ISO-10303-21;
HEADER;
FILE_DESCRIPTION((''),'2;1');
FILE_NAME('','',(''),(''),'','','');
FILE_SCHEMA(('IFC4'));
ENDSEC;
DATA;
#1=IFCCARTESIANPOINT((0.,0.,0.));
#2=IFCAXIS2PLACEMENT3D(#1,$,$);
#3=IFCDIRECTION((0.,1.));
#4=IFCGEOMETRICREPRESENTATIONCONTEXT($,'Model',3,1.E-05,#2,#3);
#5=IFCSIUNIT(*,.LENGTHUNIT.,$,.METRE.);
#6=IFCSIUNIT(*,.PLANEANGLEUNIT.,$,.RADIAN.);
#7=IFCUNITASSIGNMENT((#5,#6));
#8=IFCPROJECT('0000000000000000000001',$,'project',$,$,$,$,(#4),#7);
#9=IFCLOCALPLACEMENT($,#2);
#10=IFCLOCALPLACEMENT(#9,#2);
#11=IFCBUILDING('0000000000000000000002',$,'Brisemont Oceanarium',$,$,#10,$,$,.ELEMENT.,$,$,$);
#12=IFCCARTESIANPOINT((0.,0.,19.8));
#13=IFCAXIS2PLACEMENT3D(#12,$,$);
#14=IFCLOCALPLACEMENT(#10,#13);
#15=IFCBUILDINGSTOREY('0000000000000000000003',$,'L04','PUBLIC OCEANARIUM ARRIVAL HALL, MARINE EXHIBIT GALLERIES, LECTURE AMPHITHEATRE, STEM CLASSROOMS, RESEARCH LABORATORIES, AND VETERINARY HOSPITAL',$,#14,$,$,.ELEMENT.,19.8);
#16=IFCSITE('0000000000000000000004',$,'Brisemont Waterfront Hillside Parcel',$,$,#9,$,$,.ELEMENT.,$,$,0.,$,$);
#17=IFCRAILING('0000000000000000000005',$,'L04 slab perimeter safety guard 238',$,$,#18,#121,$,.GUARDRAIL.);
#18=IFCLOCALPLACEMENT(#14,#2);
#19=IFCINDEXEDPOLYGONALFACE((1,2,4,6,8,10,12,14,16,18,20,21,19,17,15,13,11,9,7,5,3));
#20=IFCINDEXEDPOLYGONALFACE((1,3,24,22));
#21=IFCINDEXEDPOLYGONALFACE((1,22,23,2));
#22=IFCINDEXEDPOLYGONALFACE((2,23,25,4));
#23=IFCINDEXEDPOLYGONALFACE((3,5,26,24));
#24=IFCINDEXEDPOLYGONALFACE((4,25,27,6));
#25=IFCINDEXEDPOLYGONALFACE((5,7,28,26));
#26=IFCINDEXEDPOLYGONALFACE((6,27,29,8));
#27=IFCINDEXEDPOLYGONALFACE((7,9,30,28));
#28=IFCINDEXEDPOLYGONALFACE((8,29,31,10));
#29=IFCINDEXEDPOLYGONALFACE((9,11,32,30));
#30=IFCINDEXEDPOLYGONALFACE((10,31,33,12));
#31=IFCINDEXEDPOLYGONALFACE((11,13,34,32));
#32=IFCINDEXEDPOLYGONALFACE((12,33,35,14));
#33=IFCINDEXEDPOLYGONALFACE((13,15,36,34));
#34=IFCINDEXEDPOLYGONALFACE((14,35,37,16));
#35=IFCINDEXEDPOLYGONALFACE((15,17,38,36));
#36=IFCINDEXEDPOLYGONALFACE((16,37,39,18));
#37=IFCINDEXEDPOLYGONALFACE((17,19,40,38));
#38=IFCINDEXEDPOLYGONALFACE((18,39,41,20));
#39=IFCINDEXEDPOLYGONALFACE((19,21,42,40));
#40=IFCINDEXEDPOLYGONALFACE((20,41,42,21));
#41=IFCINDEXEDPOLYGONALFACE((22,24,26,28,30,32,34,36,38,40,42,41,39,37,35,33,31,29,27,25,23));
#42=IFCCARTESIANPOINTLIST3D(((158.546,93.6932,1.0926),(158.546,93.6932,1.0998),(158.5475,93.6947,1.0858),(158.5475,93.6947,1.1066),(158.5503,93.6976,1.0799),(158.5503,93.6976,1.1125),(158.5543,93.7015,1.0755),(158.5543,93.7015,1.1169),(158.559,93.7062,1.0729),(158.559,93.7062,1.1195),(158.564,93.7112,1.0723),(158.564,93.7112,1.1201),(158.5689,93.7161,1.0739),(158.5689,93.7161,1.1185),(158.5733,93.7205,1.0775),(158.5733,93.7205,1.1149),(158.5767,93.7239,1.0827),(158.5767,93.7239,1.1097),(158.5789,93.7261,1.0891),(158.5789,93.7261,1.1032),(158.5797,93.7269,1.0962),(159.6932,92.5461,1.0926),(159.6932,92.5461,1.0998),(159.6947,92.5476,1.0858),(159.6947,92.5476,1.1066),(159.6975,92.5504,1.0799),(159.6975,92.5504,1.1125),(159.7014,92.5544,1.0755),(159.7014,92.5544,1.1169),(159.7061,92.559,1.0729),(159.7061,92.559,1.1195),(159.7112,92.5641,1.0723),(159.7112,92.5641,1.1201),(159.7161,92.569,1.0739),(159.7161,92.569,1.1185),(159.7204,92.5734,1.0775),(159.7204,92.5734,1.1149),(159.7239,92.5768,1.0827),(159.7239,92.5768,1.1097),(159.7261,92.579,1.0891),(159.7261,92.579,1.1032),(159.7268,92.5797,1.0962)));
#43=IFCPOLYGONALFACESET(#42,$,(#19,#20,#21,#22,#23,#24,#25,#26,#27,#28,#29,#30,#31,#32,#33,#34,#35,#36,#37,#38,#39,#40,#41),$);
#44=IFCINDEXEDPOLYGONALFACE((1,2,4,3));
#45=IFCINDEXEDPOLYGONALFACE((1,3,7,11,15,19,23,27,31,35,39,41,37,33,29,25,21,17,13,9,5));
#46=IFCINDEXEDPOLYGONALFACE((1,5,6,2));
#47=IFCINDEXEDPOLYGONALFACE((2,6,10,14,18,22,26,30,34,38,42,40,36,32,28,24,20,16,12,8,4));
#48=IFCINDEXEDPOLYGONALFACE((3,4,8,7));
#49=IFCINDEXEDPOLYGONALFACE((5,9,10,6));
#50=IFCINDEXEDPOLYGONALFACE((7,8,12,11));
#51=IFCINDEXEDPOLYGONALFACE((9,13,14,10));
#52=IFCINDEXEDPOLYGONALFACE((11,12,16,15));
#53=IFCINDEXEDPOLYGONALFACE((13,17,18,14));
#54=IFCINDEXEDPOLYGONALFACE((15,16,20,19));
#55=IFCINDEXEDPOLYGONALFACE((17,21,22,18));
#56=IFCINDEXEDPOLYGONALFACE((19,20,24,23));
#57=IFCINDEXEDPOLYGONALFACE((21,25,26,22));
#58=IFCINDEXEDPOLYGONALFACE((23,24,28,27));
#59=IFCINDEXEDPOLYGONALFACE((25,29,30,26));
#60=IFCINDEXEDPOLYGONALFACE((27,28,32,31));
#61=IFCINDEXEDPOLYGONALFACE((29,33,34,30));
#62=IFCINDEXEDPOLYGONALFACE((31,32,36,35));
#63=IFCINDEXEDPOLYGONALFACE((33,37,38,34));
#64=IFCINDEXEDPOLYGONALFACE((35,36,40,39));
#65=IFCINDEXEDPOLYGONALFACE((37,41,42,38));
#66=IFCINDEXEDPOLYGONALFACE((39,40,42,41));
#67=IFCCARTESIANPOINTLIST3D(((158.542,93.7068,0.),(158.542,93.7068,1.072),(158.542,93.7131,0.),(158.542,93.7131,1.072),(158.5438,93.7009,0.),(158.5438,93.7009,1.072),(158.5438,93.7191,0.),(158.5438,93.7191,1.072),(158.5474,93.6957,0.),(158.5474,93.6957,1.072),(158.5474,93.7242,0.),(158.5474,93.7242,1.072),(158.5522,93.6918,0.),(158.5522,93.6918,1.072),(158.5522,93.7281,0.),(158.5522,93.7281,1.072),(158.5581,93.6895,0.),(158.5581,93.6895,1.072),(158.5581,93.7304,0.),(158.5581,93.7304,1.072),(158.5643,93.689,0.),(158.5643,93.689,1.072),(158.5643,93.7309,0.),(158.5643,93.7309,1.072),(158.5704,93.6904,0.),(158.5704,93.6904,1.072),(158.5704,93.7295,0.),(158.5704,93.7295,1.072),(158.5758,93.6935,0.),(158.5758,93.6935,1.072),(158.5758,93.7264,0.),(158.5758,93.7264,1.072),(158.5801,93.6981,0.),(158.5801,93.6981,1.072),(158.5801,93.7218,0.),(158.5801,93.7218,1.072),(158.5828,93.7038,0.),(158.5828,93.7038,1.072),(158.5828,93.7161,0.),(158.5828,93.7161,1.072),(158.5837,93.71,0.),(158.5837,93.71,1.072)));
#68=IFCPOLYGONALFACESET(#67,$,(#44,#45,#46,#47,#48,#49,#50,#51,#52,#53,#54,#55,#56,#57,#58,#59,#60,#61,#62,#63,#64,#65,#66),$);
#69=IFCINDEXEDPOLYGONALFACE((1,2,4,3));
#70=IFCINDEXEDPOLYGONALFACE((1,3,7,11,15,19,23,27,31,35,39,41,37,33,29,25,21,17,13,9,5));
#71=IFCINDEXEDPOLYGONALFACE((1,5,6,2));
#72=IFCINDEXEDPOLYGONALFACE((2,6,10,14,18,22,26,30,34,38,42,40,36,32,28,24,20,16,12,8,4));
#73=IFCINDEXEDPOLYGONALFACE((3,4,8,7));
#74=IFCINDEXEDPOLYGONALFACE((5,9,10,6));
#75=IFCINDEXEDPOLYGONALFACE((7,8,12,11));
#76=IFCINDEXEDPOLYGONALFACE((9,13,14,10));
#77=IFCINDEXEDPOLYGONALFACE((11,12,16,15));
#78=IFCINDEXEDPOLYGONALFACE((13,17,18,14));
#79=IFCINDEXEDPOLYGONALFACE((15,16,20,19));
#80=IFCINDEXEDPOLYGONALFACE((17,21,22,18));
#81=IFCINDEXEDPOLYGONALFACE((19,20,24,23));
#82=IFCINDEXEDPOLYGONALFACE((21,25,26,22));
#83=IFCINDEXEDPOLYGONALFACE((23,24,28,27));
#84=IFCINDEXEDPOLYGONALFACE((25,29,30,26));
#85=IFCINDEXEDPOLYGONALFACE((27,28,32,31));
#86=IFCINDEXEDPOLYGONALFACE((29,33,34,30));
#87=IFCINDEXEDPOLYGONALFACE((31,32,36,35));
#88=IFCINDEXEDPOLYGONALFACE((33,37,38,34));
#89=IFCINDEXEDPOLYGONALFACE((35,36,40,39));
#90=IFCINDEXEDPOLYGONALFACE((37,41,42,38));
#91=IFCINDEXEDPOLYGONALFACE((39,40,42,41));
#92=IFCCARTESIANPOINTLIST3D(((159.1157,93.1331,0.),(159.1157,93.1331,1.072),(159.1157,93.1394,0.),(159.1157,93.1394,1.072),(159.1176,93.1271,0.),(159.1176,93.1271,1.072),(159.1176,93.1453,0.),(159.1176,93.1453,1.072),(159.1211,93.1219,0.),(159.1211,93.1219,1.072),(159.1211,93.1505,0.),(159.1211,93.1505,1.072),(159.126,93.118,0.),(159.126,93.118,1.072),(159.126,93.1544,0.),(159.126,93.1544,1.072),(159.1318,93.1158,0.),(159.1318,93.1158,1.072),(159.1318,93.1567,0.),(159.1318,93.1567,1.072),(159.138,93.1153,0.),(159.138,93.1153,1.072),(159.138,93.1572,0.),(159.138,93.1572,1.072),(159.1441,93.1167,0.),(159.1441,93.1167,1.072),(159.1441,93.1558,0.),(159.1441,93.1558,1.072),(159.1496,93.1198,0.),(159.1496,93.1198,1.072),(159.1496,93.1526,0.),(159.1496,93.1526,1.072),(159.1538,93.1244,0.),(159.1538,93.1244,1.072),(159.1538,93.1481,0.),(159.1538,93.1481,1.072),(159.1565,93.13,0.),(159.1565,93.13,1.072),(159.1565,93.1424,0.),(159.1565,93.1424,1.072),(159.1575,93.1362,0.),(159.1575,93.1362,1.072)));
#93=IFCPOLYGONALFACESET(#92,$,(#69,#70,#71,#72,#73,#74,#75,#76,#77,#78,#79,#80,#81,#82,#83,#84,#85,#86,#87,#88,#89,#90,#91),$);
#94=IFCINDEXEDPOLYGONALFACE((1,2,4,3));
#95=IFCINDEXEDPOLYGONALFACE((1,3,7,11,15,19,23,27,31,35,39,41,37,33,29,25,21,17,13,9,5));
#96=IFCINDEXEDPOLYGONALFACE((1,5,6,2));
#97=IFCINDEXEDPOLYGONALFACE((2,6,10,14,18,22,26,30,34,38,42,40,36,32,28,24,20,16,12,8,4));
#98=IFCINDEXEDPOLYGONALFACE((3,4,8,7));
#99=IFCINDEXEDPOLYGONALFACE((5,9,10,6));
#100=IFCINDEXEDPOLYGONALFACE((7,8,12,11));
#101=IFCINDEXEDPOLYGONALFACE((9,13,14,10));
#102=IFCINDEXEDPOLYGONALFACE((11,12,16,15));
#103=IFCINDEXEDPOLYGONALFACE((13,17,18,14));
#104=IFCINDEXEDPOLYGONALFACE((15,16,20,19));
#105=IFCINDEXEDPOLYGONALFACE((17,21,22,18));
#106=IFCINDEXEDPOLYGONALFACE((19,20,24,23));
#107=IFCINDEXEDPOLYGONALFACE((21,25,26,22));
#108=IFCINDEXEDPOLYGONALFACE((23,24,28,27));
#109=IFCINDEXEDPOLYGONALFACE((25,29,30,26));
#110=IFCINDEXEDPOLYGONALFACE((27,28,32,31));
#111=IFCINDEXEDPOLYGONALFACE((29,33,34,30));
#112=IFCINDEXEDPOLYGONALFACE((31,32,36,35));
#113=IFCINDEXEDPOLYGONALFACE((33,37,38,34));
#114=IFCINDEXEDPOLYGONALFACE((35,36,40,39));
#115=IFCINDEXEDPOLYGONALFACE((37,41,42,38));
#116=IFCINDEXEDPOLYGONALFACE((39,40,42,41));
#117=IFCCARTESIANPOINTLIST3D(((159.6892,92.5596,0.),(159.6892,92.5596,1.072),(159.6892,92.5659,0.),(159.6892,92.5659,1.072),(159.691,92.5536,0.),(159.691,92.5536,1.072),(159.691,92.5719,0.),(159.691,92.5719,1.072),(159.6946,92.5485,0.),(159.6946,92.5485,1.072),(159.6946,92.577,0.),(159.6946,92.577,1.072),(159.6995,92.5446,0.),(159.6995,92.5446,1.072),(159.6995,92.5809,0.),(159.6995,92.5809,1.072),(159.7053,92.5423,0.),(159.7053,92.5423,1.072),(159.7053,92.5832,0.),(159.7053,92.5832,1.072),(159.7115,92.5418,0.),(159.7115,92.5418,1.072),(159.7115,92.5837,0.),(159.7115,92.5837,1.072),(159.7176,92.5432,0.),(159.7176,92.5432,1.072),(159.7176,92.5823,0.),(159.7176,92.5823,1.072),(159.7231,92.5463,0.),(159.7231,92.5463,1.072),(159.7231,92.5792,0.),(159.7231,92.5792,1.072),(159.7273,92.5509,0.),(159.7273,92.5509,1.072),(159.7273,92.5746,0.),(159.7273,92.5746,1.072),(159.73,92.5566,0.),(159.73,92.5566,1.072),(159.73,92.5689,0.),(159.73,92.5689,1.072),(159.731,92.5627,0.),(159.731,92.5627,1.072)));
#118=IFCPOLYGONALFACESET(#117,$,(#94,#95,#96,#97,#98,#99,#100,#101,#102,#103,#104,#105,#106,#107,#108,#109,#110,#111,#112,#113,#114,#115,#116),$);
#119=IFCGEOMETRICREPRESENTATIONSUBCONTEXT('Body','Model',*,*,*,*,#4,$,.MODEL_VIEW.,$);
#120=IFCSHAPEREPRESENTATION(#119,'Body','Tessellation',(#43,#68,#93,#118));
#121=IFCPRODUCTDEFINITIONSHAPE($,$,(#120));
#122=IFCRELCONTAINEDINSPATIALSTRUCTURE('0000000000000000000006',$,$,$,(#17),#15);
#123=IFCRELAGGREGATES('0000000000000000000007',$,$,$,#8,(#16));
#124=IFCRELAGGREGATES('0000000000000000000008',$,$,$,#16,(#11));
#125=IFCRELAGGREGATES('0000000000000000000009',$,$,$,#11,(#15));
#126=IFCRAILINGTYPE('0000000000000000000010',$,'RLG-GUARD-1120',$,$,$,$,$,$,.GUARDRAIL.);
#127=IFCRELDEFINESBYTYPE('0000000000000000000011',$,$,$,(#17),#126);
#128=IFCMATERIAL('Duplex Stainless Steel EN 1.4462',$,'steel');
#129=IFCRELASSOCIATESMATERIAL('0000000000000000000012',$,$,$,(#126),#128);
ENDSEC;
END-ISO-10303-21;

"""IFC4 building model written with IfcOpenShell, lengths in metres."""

from ifc_helpers import new_model, si_unit, direction, frame, origin, origin_2d, place, context, subcontext, project, spatial, circle, extrude, material, type_object, element, save


model = new_model("IFC4")

# Units and contexts
model_context = context("Model", 3, precision=1e-05, world=origin(), true_north=direction((0.0, 1.0)))
body_context = subcontext(model_context, "Body", "Model", "MODEL_VIEW")
ifc_project = project(units=[si_unit("LENGTHUNIT", "METRE"), si_unit("PLANEANGLEUNIT", "RADIAN")], contexts=[model_context])

# Site, building, storey
site_placement = place(None, origin())
site = spatial("IfcSite", under=ifc_project, at=site_placement, Name="Brisemont Waterfront Hillside Parcel", CompositionType="ELEMENT", RefElevation=0.0)
building_placement = place(site_placement, origin())
building = spatial("IfcBuilding", under=site, at=building_placement, Name="Brisemont Oceanarium", CompositionType="ELEMENT")
storey_placement = place(building_placement, frame((0.0, 0.0, 19.8)))
storey = spatial("IfcBuildingStorey", under=building, at=storey_placement, Name="L04", Description="PUBLIC OCEANARIUM ARRIVAL HALL, MARINE EXHIBIT GALLERIES, LECTURE AMPHITHEATRE, STEM CLASSROOMS, RESEARCH LABORATORIES, AND VETERINARY HOSPITAL", CompositionType="ELEMENT", Elevation=19.8)

# Railing
ifc_material_1 = material(Name="Duplex Stainless Steel EN 1.4462", Category="steel")
railing_type_1 = type_object("IfcRailingType", Name="RLG-GUARD-1120", PredefinedType="GUARDRAIL", material=ifc_material_1)
railing_1_placement = place(storey_placement, frame((158.5627, 93.71, 0.0)))
element("IfcRailing", 1, at=railing_1_placement, inside=storey, type_object=railing_type_1, Name="L04 slab perimeter safety guard 238", PredefinedType="GUARDRAIL", context=body_context, shape_type="SweptSolid", body=[
    extrude(circle(Radius=0.0239, at=origin_2d()), frame((0.0, 0.0, 1.0962), z_axis=(0.707107, -0.707107, 0.0), x_axis=(0.707107, 0.707107, 0.0)), (0.0, 0.0, 1.0), 1.6223),
    extrude(circle(Radius=0.021, at=origin_2d()), origin(), (0.0, 0.0, 1.0), 1.072),
    extrude(circle(Radius=0.021, at=origin_2d()), frame((0.5737, -0.5737, 0.0)), (0.0, 0.0, 1.0), 1.072),
    extrude(circle(Radius=0.021, at=origin_2d()), frame((1.1472, -1.1472, 0.0)), (0.0, 0.0, 1.0), 1.072),
])

save(model, "model.ifc")
